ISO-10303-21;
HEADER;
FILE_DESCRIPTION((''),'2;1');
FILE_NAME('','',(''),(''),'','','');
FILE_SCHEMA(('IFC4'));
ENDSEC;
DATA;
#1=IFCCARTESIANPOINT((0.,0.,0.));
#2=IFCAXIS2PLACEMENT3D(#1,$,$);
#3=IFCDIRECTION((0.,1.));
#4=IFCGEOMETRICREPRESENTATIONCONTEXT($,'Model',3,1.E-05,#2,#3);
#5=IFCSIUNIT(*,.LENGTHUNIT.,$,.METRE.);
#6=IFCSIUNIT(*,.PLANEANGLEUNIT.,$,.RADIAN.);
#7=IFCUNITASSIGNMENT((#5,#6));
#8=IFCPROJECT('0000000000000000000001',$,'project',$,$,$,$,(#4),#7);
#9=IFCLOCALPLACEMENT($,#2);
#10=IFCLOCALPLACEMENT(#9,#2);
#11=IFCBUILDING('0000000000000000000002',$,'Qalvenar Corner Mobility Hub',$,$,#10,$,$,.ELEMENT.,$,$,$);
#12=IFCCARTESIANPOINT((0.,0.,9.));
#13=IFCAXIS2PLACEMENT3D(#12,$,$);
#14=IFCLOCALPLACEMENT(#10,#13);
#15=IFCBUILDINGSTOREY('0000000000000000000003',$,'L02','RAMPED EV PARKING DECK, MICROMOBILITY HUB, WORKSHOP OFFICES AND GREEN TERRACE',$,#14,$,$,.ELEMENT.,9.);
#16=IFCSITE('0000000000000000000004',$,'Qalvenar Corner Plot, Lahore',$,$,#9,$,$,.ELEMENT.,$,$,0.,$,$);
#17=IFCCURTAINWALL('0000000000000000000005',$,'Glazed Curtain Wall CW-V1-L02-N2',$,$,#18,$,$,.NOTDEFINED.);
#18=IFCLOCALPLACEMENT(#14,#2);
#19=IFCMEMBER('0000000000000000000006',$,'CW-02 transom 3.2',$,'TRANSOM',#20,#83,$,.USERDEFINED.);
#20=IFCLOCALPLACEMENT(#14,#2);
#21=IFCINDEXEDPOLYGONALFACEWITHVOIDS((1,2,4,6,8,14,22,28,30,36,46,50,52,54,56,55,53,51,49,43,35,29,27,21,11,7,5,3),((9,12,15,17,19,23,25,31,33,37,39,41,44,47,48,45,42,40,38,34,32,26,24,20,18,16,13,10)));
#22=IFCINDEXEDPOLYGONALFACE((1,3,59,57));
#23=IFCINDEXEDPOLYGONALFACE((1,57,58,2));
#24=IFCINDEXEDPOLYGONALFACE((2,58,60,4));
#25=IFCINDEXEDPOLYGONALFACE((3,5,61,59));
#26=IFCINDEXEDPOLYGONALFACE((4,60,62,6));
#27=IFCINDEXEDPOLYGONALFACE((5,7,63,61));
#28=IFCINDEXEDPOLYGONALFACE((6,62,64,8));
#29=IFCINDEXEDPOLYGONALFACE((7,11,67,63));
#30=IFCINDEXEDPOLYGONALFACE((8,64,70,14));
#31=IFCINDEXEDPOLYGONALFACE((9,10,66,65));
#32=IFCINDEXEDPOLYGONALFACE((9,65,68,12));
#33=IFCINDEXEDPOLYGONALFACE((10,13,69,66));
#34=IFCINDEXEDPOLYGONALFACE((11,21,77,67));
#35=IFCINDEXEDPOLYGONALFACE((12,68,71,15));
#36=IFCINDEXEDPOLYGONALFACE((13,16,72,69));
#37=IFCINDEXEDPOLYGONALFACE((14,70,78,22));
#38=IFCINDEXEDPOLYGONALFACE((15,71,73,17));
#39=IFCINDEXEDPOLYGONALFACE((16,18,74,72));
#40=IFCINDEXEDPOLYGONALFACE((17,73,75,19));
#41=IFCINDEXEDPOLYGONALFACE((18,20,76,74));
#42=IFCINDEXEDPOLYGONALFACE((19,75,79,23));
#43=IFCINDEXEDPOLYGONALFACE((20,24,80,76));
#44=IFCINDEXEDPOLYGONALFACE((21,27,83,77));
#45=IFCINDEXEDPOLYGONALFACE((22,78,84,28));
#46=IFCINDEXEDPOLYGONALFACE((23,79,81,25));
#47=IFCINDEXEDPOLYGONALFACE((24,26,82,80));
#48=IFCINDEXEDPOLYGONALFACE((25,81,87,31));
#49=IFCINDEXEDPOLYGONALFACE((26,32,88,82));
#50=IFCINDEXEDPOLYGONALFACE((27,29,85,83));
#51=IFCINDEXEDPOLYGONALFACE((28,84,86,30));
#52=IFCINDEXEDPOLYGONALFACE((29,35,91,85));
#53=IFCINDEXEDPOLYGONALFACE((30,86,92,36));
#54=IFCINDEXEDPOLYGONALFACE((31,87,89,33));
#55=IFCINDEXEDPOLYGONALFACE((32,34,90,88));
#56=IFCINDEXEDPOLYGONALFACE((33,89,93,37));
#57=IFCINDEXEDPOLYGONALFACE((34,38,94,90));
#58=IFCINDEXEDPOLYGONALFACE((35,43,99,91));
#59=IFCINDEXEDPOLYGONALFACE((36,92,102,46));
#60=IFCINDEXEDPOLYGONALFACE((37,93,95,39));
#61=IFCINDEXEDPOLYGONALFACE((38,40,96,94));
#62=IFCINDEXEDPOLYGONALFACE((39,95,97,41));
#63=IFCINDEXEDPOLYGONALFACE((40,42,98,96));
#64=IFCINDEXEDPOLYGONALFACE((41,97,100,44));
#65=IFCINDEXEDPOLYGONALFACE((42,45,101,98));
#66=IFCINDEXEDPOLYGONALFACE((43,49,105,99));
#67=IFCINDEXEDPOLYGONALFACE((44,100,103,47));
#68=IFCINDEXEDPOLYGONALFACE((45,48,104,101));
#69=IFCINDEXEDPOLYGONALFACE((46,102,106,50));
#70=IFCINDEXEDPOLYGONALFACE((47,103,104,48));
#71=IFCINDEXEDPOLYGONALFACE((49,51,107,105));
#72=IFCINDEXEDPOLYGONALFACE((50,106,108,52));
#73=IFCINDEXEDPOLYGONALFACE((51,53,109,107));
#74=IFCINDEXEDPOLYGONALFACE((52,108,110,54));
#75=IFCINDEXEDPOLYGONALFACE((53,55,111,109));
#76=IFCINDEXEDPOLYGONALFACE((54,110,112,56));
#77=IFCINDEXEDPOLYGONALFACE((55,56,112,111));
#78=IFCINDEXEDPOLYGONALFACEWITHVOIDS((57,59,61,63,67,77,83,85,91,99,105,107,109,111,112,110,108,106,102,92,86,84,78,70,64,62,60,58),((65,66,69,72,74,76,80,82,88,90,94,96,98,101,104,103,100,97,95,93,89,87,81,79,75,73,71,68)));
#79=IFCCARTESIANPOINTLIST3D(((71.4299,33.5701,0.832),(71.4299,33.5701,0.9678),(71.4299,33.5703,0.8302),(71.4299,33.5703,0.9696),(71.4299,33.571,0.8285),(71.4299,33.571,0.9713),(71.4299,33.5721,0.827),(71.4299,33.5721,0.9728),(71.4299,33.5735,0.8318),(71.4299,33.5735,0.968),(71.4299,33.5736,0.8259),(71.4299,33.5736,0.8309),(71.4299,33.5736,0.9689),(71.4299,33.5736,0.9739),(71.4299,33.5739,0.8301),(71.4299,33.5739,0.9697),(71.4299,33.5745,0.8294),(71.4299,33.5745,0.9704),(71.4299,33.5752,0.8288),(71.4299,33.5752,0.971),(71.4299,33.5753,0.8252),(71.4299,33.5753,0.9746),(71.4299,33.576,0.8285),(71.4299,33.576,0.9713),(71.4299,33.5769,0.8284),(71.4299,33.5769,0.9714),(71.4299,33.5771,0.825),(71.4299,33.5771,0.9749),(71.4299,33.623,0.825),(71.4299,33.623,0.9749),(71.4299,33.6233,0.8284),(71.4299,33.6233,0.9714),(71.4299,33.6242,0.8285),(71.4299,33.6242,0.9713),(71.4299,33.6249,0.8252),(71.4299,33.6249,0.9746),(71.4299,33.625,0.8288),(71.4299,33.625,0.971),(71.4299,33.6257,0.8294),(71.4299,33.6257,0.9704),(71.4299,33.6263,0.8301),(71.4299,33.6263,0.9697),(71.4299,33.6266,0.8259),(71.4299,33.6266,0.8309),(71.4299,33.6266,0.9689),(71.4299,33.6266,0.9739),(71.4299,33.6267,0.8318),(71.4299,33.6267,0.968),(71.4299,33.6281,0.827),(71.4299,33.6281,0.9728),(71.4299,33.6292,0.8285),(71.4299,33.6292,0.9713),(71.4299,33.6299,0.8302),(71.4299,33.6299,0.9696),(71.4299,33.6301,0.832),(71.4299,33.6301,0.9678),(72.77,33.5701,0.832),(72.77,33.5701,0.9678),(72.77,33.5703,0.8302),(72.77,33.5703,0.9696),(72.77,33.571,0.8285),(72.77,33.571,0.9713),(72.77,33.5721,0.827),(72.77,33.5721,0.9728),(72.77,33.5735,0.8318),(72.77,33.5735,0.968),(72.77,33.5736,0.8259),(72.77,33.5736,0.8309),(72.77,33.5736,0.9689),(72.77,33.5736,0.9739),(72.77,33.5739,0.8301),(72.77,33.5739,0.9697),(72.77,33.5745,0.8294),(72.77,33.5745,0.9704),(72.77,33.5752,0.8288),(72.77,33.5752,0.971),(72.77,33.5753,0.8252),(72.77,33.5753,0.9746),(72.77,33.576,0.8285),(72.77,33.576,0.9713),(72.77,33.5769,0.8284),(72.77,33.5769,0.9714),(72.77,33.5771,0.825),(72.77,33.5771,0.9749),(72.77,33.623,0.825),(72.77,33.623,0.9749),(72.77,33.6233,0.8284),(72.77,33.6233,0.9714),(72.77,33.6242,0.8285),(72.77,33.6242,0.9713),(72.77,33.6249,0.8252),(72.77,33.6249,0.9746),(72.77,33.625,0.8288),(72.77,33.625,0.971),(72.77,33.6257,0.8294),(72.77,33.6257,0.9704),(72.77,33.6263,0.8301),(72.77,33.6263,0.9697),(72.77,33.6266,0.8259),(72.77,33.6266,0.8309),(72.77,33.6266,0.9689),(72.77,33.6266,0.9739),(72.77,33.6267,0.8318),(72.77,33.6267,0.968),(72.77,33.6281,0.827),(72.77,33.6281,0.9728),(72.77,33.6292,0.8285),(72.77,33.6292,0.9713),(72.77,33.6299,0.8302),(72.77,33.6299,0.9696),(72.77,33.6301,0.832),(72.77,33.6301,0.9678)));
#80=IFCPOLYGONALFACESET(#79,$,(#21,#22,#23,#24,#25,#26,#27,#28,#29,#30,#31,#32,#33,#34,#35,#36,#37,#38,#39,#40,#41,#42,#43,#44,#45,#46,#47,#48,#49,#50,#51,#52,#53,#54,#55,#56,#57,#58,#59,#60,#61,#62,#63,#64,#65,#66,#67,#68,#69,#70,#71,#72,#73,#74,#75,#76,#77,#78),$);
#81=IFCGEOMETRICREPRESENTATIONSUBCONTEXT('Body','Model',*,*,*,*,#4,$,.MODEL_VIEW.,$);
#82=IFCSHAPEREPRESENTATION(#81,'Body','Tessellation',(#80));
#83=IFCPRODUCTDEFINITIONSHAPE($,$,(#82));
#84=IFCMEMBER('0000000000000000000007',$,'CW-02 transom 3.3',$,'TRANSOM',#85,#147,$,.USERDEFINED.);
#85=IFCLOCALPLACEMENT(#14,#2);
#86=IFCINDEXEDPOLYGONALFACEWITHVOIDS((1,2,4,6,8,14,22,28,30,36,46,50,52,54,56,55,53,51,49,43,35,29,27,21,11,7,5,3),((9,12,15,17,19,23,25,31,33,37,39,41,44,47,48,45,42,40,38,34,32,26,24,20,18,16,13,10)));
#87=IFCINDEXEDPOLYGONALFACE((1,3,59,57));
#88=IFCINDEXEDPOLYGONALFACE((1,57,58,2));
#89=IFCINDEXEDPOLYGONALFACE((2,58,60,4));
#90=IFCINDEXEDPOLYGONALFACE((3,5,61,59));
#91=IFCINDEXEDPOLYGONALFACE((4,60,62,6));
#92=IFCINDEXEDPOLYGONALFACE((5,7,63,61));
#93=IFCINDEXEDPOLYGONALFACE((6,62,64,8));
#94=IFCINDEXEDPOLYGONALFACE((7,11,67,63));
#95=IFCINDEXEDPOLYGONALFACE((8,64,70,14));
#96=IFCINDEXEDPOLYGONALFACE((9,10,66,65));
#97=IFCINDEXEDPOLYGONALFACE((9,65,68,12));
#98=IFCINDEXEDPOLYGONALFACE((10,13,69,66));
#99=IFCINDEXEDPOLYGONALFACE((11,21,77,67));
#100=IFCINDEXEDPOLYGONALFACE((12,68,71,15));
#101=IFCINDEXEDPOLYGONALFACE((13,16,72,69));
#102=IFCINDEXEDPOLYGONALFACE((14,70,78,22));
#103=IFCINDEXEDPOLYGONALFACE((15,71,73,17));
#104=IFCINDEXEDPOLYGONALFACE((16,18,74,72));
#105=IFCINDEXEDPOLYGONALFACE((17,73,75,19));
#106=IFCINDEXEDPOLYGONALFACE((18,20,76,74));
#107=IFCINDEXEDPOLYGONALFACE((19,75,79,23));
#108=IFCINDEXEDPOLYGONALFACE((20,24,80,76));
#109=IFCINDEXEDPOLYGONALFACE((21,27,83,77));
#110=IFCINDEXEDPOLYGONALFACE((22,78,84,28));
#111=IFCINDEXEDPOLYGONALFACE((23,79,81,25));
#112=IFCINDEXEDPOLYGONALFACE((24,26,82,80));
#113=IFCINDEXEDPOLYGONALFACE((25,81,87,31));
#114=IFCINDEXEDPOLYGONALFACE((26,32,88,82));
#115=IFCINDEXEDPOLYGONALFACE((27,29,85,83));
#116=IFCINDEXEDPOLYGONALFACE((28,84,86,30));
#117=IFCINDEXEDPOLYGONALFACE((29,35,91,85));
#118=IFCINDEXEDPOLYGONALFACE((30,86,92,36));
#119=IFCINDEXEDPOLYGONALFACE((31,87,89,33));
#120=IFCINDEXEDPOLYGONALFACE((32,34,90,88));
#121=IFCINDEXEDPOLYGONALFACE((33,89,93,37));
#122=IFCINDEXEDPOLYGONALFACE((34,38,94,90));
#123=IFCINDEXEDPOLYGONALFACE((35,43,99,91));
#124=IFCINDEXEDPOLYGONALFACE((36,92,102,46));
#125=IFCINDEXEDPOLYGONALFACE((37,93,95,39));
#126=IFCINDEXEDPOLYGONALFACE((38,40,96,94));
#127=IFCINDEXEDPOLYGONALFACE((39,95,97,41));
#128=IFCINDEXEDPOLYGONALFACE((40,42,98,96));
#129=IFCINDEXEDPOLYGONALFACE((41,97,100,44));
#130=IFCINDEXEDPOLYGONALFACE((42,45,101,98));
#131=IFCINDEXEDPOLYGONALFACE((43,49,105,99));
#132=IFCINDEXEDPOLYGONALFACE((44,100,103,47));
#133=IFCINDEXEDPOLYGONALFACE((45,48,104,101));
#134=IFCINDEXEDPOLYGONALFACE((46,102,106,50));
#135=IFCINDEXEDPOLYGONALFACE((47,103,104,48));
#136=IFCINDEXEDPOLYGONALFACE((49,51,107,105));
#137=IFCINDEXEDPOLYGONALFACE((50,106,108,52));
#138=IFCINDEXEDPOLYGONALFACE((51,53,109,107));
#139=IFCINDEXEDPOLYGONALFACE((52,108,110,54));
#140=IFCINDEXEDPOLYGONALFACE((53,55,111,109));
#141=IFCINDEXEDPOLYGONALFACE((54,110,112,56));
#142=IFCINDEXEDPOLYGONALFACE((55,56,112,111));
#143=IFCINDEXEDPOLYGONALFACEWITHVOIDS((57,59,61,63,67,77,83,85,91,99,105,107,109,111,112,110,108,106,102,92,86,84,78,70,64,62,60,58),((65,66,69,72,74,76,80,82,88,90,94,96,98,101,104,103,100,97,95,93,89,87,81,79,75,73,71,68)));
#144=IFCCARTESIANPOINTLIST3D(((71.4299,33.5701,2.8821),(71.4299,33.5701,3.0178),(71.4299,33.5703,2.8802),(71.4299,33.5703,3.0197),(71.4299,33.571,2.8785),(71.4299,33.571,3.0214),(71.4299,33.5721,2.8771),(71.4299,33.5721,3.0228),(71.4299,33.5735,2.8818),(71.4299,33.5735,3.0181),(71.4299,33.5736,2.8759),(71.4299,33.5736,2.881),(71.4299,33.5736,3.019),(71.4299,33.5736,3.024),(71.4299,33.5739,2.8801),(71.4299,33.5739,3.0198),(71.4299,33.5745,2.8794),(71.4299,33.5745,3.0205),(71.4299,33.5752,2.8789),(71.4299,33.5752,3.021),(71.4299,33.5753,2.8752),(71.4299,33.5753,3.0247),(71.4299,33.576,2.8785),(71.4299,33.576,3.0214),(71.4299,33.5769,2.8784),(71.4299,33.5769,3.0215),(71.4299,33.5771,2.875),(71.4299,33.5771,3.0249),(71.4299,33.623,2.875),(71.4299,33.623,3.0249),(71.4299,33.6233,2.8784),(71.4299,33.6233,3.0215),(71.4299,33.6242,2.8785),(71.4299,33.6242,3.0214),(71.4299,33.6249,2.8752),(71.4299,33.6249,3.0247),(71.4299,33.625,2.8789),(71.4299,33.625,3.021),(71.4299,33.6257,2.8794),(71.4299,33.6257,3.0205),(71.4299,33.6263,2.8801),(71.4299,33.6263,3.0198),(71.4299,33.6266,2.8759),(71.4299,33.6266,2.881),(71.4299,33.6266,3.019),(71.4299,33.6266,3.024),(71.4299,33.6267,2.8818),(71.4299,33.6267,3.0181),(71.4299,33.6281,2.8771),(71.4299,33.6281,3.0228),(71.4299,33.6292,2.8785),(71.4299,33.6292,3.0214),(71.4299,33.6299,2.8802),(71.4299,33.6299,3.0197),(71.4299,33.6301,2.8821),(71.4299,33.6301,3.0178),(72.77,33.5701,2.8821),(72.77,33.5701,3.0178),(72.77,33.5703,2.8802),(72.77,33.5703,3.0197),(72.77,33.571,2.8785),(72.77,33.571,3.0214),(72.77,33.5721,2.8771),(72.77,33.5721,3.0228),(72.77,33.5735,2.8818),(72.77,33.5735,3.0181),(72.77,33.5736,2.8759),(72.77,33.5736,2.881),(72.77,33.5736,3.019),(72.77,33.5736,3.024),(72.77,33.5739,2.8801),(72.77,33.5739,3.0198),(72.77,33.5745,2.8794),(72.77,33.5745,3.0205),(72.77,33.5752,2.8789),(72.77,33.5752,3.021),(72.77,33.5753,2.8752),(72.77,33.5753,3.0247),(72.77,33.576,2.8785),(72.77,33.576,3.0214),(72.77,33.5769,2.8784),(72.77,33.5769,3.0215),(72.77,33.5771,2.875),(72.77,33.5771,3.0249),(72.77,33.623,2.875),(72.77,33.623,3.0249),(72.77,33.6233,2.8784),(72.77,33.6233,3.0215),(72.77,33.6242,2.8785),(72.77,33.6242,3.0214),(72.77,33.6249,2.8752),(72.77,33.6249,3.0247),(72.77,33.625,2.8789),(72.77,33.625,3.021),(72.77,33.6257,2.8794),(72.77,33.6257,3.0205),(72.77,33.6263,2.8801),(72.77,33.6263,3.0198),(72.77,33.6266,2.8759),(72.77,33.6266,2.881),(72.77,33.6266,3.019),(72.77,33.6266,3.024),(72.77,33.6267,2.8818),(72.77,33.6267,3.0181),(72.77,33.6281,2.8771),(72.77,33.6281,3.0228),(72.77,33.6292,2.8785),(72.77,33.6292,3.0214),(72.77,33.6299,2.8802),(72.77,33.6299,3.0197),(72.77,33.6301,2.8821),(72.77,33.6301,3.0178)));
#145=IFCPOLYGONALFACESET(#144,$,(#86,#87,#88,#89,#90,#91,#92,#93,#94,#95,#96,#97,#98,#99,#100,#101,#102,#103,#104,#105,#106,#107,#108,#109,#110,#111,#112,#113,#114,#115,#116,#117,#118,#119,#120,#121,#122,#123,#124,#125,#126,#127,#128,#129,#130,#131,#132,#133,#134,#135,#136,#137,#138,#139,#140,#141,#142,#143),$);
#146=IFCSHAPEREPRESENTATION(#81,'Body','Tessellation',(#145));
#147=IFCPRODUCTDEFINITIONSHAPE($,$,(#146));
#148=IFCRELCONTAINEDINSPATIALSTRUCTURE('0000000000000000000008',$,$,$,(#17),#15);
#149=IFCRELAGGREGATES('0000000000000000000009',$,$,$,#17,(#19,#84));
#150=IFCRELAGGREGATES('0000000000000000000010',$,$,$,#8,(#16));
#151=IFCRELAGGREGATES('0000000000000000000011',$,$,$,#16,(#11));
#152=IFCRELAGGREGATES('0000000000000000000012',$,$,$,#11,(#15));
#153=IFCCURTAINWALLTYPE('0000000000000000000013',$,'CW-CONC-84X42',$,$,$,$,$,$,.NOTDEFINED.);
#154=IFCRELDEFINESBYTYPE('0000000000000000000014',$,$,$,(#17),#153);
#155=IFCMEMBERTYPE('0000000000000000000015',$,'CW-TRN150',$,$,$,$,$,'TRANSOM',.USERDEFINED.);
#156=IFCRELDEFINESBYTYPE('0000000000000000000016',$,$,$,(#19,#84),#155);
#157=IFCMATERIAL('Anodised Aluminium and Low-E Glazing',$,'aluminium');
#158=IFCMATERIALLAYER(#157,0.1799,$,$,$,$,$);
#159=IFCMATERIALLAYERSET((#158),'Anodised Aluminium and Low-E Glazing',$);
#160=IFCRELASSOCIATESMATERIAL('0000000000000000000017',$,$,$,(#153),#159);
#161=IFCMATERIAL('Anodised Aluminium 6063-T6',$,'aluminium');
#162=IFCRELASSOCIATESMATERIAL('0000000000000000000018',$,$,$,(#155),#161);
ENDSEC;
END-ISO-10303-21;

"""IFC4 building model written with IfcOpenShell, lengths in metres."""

from ifc_helpers import new_model, si_unit, direction, frame, origin, origin_2d, place, context, subcontext, project, spatial, hollow_rectangle, extrude, material, layer, layer_set, material_profile, profile_set, type_object, element, aggregate, save


model = new_model("IFC4")

# Units and contexts
model_context = context("Model", 3, precision=1e-05, world=origin(), true_north=direction((0.0, 1.0)))
body_context = subcontext(model_context, "Body", "Model", "MODEL_VIEW")
ifc_project = project(units=[si_unit("LENGTHUNIT", "METRE"), si_unit("PLANEANGLEUNIT", "RADIAN")], contexts=[model_context])

# Site, building, storey
site_placement = place(None, origin())
site = spatial("IfcSite", under=ifc_project, at=site_placement, Name="Qalvenar Corner Plot, Lahore", CompositionType="ELEMENT", RefElevation=0.0)
building_placement = place(site_placement, origin())
building = spatial("IfcBuilding", under=site, at=building_placement, Name="Qalvenar Corner Mobility Hub", CompositionType="ELEMENT")
storey_placement = place(building_placement, frame((0.0, 0.0, 9.0)))
storey = spatial("IfcBuildingStorey", under=building, at=storey_placement, Name="L02", Description="RAMPED EV PARKING DECK, MICROMOBILITY HUB, WORKSHOP OFFICES AND GREEN TERRACE", CompositionType="ELEMENT", Elevation=9.0)

# Curtain wall, members
ifc_material_1 = material(Name="Anodised Aluminium and Low-E Glazing", Category="aluminium")
ifc_layer_1 = layer(ifc_material_1, 0.1799)
ifc_layer_set_1 = layer_set([ifc_layer_1], Name="Anodised Aluminium and Low-E Glazing")
curtain_wall_type = type_object("IfcCurtainWallType", Name="CW-CONC-84X42", PredefinedType="NOTDEFINED", material=ifc_layer_set_1)
curtain_wall_placement = place(storey_placement, origin())
curtain_wall = element("IfcCurtainWall", 1, at=curtain_wall_placement, inside=storey, type_object=curtain_wall_type, Name="Glazed Curtain Wall CW-V1-L02-N2", PredefinedType="NOTDEFINED")
ifc_material_2 = material(Name="Anodised Aluminium 6063-T6", Category="aluminium")
ifc_material_profile_1 = material_profile(ifc_material_2, hollow_rectangle(XDim=0.0601, YDim=0.1499, WallThickness=0.0034, InnerFilletRadius=0.0034, OuterFilletRadius=0.0071, at=origin_2d()), Name="RHS150x60x3.5")
ifc_profile_set_1 = profile_set([ifc_material_profile_1], Name="Anodised Aluminium 6063-T6")
member_type_1 = type_object("IfcMemberType", Name="CW-TRN150", ElementType="TRANSOM", PredefinedType="USERDEFINED", material=ifc_profile_set_1)
member_1_placement = place(storey_placement, frame((72.77, 33.6001, 0.8999), z_axis=(-1.0, 0.0, 0.0), x_axis=(0.0, -1.0, 0.0)))
member_1 = element("IfcMember", 2, at=member_1_placement, type_object=member_type_1, Name="CW-02 transom 3.2", ObjectType="TRANSOM", PredefinedType="USERDEFINED", context=body_context, shape_type="SweptSolid", body=[
    extrude(hollow_rectangle(XDim=0.0601, YDim=0.1499, WallThickness=0.0034, InnerFilletRadius=0.0034, OuterFilletRadius=0.0071, at=origin_2d()), origin(), (0.0, 0.0, 1.0), 1.3401),
])
member_2_placement = place(storey_placement, frame((72.77, 33.6001, 2.95), z_axis=(-1.0, 0.0, 0.0), x_axis=(0.0, -1.0, 0.0)))
member_2 = element("IfcMember", 3, at=member_2_placement, type_object=member_type_1, Name="CW-02 transom 3.3", ObjectType="TRANSOM", PredefinedType="USERDEFINED", context=body_context, shape_type="SweptSolid", body=[
    extrude(hollow_rectangle(XDim=0.0601, YDim=0.1499, WallThickness=0.0034, InnerFilletRadius=0.0034, OuterFilletRadius=0.0071, at=origin_2d()), origin(), (0.0, 0.0, 1.0), 1.3401),
])

aggregate(curtain_wall, [member_1, member_2])

save(model, "model.ifc")
